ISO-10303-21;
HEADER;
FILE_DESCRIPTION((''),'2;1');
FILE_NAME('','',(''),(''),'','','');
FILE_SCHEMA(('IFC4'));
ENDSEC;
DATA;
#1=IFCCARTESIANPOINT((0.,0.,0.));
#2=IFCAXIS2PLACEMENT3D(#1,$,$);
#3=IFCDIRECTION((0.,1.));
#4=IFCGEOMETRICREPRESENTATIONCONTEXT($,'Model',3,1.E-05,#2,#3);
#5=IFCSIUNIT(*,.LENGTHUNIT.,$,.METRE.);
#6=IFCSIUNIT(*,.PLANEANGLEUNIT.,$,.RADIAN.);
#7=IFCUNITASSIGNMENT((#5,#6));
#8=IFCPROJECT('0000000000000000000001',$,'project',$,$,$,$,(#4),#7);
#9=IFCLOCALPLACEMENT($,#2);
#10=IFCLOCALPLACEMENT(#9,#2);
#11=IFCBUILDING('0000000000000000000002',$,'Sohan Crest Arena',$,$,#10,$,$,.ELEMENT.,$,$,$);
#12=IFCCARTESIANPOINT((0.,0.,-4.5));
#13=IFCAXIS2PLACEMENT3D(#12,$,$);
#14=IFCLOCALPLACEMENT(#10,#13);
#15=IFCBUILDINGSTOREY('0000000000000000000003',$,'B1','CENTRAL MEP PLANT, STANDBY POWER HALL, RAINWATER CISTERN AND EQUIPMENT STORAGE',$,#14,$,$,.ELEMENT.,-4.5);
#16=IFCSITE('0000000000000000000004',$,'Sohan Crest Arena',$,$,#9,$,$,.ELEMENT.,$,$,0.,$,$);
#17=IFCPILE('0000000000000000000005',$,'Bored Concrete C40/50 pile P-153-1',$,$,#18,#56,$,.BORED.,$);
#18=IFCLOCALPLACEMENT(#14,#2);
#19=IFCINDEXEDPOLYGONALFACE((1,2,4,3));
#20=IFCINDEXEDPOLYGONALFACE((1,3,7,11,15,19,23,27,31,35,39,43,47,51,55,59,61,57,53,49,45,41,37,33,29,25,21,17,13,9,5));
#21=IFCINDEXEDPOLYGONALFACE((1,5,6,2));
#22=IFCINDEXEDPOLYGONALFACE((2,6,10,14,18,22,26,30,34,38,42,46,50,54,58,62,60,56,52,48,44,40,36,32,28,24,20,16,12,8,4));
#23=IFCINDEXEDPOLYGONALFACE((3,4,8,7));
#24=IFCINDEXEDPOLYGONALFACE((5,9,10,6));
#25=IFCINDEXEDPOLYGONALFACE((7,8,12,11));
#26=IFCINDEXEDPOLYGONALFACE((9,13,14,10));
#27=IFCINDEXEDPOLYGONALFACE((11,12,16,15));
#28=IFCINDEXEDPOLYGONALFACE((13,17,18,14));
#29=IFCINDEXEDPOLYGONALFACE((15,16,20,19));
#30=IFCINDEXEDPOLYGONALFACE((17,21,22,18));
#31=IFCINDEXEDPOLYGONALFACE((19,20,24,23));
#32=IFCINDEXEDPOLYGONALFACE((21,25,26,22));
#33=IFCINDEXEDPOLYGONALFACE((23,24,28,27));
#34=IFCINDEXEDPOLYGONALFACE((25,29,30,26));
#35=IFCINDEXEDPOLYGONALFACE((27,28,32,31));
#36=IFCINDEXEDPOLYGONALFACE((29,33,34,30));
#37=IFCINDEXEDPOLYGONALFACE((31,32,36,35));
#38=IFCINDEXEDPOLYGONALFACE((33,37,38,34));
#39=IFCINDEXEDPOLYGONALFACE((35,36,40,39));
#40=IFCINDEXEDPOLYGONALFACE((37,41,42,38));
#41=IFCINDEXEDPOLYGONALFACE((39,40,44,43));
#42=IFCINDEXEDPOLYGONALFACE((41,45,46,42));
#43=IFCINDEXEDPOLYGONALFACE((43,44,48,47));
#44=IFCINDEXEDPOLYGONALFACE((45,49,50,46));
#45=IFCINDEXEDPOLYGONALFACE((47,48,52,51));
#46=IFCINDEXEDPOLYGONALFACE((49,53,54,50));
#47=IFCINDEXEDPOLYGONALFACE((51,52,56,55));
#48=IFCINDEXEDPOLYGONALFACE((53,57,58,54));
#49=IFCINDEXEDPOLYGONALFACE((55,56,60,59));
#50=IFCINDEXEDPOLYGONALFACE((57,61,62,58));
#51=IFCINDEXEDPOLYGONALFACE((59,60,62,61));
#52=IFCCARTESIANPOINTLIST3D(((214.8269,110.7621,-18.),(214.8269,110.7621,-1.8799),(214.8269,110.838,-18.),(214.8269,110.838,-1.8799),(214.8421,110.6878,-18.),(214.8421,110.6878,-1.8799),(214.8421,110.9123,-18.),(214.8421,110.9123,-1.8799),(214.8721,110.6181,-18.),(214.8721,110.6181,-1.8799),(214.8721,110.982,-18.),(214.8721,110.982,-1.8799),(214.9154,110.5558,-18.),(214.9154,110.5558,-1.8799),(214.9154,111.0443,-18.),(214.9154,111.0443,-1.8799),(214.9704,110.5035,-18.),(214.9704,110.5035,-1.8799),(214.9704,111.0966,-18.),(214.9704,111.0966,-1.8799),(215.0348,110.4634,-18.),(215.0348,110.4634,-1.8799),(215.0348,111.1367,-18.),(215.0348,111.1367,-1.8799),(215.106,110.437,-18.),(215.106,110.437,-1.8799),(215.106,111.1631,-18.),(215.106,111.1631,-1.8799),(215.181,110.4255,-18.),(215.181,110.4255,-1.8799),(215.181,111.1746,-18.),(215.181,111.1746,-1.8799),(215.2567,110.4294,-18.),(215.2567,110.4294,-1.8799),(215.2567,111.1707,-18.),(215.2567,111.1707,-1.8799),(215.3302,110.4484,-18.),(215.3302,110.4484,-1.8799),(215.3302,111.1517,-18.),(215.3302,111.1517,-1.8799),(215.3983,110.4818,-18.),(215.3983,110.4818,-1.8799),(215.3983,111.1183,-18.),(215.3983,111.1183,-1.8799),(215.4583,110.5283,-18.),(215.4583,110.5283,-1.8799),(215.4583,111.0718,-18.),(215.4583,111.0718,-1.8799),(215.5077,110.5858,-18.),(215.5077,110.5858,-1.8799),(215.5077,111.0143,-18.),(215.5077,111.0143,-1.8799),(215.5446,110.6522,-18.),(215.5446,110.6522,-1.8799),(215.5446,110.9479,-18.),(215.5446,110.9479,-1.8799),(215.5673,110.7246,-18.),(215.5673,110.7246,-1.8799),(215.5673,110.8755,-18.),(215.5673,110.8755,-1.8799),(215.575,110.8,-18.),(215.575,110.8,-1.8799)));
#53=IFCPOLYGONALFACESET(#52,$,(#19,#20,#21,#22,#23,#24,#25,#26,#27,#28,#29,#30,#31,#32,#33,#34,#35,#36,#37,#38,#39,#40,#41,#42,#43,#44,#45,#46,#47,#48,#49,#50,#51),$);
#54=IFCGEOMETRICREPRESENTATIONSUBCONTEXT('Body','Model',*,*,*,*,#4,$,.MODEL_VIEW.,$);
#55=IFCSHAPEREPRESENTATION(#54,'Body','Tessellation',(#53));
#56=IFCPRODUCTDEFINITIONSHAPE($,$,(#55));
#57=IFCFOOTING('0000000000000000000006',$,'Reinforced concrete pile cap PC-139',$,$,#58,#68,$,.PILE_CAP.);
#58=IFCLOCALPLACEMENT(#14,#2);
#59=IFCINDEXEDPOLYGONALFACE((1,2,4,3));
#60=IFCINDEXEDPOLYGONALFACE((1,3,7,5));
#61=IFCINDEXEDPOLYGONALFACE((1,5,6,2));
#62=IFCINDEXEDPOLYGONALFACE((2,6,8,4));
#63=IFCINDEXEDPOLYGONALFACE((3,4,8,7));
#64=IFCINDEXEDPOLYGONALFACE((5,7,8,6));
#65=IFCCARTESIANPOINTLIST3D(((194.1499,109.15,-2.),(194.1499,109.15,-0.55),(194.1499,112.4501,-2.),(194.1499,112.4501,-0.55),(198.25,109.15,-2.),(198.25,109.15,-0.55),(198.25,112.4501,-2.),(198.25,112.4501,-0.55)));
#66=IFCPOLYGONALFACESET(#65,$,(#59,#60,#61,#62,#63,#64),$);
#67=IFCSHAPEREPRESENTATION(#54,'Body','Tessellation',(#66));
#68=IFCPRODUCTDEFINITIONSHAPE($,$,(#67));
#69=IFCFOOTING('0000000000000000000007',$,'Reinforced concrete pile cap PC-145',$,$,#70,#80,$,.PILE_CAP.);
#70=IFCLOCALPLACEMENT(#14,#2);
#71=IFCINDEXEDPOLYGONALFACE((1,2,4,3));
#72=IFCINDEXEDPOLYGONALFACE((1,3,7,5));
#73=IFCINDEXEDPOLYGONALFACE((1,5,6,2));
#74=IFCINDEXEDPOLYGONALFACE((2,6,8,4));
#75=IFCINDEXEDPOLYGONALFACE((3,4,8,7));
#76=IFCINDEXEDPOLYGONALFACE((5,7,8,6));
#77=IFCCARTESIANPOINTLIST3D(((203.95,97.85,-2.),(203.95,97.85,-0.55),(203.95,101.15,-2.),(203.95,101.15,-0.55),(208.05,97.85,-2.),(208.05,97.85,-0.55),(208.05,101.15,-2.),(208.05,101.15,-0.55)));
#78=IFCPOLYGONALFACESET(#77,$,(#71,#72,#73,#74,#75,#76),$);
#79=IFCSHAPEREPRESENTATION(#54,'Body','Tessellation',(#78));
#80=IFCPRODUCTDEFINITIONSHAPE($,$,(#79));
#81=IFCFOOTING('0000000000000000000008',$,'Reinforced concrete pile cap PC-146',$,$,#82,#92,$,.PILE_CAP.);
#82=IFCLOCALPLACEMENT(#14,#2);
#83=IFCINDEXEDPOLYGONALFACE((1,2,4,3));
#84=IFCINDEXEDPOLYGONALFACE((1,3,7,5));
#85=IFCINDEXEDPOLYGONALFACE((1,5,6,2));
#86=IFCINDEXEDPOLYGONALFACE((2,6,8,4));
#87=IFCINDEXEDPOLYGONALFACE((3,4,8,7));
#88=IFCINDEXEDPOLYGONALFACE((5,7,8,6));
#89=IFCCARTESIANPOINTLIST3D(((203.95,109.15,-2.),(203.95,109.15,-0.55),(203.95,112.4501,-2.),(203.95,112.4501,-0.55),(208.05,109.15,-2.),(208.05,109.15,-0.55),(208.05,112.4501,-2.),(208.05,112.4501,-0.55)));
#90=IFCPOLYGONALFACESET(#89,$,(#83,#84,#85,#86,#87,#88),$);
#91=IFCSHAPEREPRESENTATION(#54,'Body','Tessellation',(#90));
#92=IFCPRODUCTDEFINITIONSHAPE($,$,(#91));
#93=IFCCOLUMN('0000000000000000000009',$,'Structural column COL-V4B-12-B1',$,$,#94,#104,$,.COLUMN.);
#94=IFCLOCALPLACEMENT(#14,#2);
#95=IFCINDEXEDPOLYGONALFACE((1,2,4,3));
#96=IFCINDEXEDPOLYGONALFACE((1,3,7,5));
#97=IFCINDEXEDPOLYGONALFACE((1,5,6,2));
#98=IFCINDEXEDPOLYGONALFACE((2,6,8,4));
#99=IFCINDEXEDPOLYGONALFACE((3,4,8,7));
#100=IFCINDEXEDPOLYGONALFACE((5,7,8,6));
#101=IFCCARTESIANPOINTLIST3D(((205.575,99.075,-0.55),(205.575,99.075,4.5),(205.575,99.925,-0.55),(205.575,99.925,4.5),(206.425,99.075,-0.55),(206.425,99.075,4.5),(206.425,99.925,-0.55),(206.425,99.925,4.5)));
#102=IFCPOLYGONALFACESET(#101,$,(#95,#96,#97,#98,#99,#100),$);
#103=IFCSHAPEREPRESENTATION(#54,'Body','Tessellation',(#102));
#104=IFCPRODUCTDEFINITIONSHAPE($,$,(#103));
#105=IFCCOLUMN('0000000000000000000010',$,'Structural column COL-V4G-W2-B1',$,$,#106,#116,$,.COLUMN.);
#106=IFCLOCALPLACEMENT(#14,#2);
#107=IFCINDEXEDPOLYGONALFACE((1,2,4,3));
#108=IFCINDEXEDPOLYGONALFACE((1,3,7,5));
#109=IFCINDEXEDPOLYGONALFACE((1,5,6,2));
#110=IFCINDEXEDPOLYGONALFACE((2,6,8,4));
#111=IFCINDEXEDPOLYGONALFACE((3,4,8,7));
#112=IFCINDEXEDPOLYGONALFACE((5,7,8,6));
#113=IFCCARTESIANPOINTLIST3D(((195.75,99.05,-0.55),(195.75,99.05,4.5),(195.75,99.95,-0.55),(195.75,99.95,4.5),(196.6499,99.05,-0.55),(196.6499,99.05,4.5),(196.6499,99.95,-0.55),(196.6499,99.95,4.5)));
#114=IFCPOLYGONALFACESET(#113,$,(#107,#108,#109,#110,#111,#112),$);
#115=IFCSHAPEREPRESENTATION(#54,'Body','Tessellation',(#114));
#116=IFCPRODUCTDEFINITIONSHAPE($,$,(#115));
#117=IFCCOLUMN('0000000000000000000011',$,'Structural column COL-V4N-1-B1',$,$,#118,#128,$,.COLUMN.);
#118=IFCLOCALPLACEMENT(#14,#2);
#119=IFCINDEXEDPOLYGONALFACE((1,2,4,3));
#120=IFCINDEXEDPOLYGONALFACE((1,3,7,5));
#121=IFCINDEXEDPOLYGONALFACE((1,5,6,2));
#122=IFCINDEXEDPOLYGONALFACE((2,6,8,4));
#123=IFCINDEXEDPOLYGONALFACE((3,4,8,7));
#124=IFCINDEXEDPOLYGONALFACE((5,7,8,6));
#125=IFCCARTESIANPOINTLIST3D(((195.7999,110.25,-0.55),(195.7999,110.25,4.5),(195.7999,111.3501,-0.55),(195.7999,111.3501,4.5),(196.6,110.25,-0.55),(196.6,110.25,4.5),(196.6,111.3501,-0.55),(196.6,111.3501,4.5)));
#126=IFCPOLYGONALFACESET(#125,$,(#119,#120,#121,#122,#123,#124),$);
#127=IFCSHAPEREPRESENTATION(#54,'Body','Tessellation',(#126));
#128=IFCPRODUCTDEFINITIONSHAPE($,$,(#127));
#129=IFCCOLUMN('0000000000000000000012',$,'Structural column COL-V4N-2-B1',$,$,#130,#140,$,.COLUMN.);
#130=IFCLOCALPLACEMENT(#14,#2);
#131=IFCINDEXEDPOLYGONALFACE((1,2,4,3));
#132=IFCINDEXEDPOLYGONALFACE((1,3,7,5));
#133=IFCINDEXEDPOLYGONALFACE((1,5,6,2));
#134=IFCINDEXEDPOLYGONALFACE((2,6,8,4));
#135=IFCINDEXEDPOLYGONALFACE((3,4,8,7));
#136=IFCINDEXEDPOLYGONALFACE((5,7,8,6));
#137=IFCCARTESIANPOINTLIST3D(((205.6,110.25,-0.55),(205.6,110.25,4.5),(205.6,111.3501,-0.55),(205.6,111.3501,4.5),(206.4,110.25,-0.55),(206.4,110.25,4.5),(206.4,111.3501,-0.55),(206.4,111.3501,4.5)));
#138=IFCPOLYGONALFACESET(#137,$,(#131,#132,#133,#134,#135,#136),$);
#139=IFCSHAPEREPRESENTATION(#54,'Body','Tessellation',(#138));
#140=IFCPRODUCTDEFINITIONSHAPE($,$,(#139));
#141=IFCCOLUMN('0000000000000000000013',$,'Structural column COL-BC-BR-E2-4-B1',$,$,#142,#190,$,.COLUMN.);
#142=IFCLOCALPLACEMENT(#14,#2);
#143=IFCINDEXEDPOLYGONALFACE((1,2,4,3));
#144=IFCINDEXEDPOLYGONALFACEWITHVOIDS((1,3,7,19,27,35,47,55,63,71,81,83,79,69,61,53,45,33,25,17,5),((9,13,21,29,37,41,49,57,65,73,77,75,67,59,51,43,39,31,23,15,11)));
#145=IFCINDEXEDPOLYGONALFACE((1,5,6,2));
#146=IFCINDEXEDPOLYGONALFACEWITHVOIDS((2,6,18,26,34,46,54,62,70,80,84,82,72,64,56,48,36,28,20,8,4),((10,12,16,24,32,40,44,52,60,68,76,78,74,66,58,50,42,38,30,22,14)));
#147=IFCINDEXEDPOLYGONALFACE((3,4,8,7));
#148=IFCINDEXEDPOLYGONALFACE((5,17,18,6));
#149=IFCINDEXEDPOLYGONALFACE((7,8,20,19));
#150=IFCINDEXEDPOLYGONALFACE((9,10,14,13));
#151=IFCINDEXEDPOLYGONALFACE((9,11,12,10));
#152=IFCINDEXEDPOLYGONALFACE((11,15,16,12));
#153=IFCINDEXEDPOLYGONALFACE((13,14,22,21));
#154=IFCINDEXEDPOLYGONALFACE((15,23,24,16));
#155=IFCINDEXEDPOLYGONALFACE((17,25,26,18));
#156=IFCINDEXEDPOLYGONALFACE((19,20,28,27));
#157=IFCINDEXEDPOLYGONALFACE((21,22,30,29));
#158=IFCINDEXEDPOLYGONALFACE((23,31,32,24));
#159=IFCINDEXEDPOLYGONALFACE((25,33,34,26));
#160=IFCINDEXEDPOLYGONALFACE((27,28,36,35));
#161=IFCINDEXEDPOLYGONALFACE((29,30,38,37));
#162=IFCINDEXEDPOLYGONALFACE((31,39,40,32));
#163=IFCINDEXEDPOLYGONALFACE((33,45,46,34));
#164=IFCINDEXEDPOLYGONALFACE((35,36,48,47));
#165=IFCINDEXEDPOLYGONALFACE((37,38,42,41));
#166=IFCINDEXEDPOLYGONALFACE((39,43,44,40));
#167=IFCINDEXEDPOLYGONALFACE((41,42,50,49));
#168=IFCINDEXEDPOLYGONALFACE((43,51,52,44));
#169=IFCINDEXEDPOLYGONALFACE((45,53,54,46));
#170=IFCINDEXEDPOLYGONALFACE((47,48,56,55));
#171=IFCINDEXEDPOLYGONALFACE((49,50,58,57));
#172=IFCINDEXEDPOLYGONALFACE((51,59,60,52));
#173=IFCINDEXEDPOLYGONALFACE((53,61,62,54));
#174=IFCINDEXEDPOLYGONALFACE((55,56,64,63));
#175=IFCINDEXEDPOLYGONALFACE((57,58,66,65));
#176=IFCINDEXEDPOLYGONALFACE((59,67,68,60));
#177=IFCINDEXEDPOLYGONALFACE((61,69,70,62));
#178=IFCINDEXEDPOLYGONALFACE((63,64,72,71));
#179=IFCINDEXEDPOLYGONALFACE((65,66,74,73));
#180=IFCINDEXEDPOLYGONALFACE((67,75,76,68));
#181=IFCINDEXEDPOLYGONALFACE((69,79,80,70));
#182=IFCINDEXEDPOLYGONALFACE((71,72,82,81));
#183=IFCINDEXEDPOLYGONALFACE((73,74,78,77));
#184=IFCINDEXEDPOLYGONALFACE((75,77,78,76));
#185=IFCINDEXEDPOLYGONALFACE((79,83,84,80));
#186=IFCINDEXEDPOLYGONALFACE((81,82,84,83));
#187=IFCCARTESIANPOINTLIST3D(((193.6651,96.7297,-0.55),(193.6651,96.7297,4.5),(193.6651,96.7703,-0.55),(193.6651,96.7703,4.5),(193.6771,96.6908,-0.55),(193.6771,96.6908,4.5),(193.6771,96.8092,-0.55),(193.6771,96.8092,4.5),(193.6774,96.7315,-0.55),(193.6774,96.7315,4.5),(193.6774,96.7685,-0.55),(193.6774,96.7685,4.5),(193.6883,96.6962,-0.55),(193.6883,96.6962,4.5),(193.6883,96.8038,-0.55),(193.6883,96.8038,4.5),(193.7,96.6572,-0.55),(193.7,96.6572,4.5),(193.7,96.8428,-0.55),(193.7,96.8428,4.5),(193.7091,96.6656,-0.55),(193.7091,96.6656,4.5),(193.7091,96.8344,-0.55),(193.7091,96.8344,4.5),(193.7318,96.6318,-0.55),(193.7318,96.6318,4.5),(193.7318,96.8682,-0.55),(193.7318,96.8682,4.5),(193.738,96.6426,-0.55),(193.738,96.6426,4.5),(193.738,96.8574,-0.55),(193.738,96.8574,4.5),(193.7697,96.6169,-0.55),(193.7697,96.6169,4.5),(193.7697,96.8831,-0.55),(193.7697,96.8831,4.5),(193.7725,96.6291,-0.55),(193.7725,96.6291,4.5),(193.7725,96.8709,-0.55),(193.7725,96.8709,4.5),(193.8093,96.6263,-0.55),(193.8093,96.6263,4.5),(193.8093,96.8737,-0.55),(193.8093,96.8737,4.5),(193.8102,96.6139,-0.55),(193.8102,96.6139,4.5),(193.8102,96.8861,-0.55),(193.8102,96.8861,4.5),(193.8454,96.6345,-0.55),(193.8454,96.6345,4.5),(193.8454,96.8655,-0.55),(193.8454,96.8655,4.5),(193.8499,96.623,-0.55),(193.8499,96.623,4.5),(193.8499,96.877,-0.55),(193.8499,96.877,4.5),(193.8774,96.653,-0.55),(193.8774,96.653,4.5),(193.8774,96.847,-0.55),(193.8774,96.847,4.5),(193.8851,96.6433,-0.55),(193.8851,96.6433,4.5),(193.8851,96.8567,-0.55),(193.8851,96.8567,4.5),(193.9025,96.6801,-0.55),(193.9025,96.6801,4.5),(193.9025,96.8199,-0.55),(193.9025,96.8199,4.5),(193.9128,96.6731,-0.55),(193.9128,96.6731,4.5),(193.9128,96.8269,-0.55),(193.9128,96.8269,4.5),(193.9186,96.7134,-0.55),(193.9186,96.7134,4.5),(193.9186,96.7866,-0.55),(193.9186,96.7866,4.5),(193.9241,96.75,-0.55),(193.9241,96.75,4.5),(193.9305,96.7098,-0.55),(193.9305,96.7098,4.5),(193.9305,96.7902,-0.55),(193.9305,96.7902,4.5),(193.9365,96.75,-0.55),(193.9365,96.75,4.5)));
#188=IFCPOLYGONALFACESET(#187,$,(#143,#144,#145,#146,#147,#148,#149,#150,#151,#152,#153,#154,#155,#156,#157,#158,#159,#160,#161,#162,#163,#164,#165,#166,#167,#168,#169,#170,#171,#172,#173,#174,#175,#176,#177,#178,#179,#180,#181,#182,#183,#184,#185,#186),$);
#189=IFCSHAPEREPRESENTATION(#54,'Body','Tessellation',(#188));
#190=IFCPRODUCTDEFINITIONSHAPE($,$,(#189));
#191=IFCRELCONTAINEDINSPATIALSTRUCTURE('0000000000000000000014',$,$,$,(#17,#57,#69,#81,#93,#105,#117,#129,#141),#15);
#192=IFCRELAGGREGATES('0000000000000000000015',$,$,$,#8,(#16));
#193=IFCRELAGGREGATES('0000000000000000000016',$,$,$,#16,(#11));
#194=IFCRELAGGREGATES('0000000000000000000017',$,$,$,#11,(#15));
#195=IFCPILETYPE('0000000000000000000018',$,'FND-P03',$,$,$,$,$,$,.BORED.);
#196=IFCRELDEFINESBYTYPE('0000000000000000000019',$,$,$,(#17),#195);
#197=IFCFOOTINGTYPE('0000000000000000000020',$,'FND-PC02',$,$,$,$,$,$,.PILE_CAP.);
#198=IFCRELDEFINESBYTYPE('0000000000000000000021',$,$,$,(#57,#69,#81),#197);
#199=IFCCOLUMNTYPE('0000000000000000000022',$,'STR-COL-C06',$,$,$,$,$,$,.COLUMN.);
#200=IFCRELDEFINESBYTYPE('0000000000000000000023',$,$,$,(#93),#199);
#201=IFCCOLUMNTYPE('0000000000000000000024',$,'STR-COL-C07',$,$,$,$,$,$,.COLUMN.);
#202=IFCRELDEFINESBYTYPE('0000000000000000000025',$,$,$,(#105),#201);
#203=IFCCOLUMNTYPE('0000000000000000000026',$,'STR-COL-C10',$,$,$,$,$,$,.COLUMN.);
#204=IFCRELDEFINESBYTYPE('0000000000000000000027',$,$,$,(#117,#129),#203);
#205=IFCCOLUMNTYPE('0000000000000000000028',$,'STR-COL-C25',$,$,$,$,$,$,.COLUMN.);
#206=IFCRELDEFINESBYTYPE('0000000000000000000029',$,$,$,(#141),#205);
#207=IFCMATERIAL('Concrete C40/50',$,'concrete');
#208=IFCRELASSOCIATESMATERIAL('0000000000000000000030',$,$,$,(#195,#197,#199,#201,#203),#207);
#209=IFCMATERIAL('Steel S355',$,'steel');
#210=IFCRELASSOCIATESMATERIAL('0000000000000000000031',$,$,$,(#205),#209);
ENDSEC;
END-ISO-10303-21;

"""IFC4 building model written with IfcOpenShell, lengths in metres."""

from ifc_helpers import new_model, si_unit, direction, frame, origin, origin_2d, place, context, subcontext, project, spatial, rectangle, circle, hollow_circle, extrude, material, material_profile, profile_set, type_object, element, save


model = new_model("IFC4")

# Units and contexts
model_context = context("Model", 3, precision=1e-05, world=origin(), true_north=direction((0.0, 1.0)))
body_context = subcontext(model_context, "Body", "Model", "MODEL_VIEW")
ifc_project = project(units=[si_unit("LENGTHUNIT", "METRE"), si_unit("PLANEANGLEUNIT", "RADIAN")], contexts=[model_context])

# Site, building, storey
site_placement = place(None, origin())
site = spatial("IfcSite", under=ifc_project, at=site_placement, Name="Sohan Crest Arena", CompositionType="ELEMENT", RefElevation=0.0)
building_placement = place(site_placement, origin())
building = spatial("IfcBuilding", under=site, at=building_placement, Name="Sohan Crest Arena", CompositionType="ELEMENT")
storey_placement = place(building_placement, frame((0.0, 0.0, -4.5)))
storey = spatial("IfcBuildingStorey", under=building, at=storey_placement, Name="B1", Description="CENTRAL MEP PLANT, STANDBY POWER HALL, RAINWATER CISTERN AND EQUIPMENT STORAGE", CompositionType="ELEMENT", Elevation=-4.5)

# Shared definitions
ifc_material_1 = material(Name="Concrete C40/50", Category="concrete")

# Pile
ifc_material_profile_1 = material_profile(ifc_material_1, circle(Radius=0.375, at=origin_2d()), Name="PILE D750")
ifc_profile_set_1 = profile_set([ifc_material_profile_1], Name="Concrete C40/50")
pile_type = type_object("IfcPileType", Name="FND-P03", PredefinedType="BORED", material=ifc_profile_set_1)
for number, where, z_axis, x_axis, name in (
    (1, (215.2, 110.8, -18.0), (0.0, 0.0, 1.0), (1.0, 0.0, 0.0), "Bored Concrete C40/50 pile P-153-1"),
):
    element("IfcPile", number, at=place(storey_placement, frame(where, z_axis=z_axis, x_axis=x_axis)), inside=storey, type_object=pile_type, Name=name, PredefinedType="BORED", context=body_context, shape_type="SweptSolid", body=[
        extrude(circle(Radius=0.375, at=origin_2d()), origin(), (0.0, 0.0, 1.0), 16.1201),
    ])

# Footings
footing_type_1 = type_object("IfcFootingType", Name="FND-PC02", PredefinedType="PILE_CAP", material=ifc_material_1)
for number, where, z_axis, x_axis, name in (
    (2, (196.2, 110.8, -2.0), (0.0, 0.0, 1.0), (1.0, 0.0, 0.0), "Reinforced concrete pile cap PC-139"),
    (3, (206.0, 99.5, -2.0), (0.0, 0.0, 1.0), (1.0, 0.0, 0.0), "Reinforced concrete pile cap PC-145"),
    (4, (206.0, 110.8, -2.0), (0.0, 0.0, 1.0), (1.0, 0.0, 0.0), "Reinforced concrete pile cap PC-146"),
):
    element("IfcFooting", number, at=place(storey_placement, frame(where, z_axis=z_axis, x_axis=x_axis)), inside=storey, type_object=footing_type_1, Name=name, PredefinedType="PILE_CAP", context=body_context, shape_type="SweptSolid", body=[
        extrude(rectangle(XDim=4.1001, YDim=3.3, at=origin_2d()), origin(), (0.0, 0.0, 1.0), 1.45),
    ])

# Columns
ifc_material_profile_2 = material_profile(ifc_material_1, rectangle(XDim=0.8501, YDim=0.8501, at=origin_2d()), Name="RC 850x850")
ifc_profile_set_2 = profile_set([ifc_material_profile_2], Name="Concrete C40/50")
column_type_1 = type_object("IfcColumnType", Name="STR-COL-C06", PredefinedType="COLUMN", material=ifc_profile_set_2)
column_1_placement = place(storey_placement, frame((206.0, 99.5, -0.55), z_axis=(0.0, 0.0, 1.0), x_axis=(1.0, 0.0, 0.0)))
element("IfcColumn", 5, at=column_1_placement, inside=storey, type_object=column_type_1, Name="Structural column COL-V4B-12-B1", PredefinedType="COLUMN", context=body_context, shape_type="SweptSolid", body=[
    extrude(rectangle(XDim=0.8501, YDim=0.8501, at=origin_2d()), origin(), (0.0, 0.0, 1.0), 5.05),
])
ifc_material_profile_3 = material_profile(ifc_material_1, rectangle(XDim=0.8999, YDim=0.8999, at=origin_2d()), Name="RC 900x900")
ifc_profile_set_3 = profile_set([ifc_material_profile_3], Name="Concrete C40/50")
column_type_2 = type_object("IfcColumnType", Name="STR-COL-C07", PredefinedType="COLUMN", material=ifc_profile_set_3)
column_2_placement = place(storey_placement, frame((196.2, 99.5, -0.55), z_axis=(0.0, 0.0, 1.0), x_axis=(1.0, 0.0, 0.0)))
element("IfcColumn", 6, at=column_2_placement, inside=storey, type_object=column_type_2, Name="Structural column COL-V4G-W2-B1", PredefinedType="COLUMN", context=body_context, shape_type="SweptSolid", body=[
    extrude(rectangle(XDim=0.8999, YDim=0.8999, at=origin_2d()), origin(), (0.0, 0.0, 1.0), 5.05),
])
ifc_material_profile_4 = material_profile(ifc_material_1, rectangle(XDim=1.1001, YDim=0.8, at=origin_2d()), Name="RC 1100x800")
ifc_profile_set_4 = profile_set([ifc_material_profile_4], Name="Concrete C40/50")
column_type_3 = type_object("IfcColumnType", Name="STR-COL-C10", PredefinedType="COLUMN", material=ifc_profile_set_4)
for number, where, z_axis, x_axis, name in (
    (7, (196.2, 110.8, -0.55), (0.0, 0.0, 1.0), (0.0, 1.0, 0.0), "Structural column COL-V4N-1-B1"),
    (8, (206.0, 110.8, -0.55), (0.0, 0.0, 1.0), (0.0, 1.0, 0.0), "Structural column COL-V4N-2-B1"),
):
    element("IfcColumn", number, at=place(storey_placement, frame(where, z_axis=z_axis, x_axis=x_axis)), inside=storey, type_object=column_type_3, Name=name, PredefinedType="COLUMN", context=body_context, shape_type="SweptSolid", body=[
        extrude(rectangle(XDim=1.1001, YDim=0.8, at=origin_2d()), origin(), (0.0, 0.0, 1.0), 5.05),
    ])
ifc_material_2 = material(Name="Steel S355", Category="steel")
ifc_material_profile_5 = material_profile(ifc_material_2, hollow_circle(Radius=0.1365, WallThickness=0.0125, at=origin_2d()), Name="CHS 273x12.5")
ifc_profile_set_5 = profile_set([ifc_material_profile_5], Name="Steel S355")
column_type_4 = type_object("IfcColumnType", Name="STR-COL-C25", PredefinedType="COLUMN", material=ifc_profile_set_5)
column_3_placement = place(storey_placement, frame((193.8, 96.75, -0.55), z_axis=(0.0, 0.0, 1.0), x_axis=(1.0, 0.0, 0.0)))
element("IfcColumn", 9, at=column_3_placement, inside=storey, type_object=column_type_4, Name="Structural column COL-BC-BR-E2-4-B1", PredefinedType="COLUMN", context=body_context, shape_type="SweptSolid", body=[
    extrude(hollow_circle(Radius=0.1365, WallThickness=0.0125, at=origin_2d()), origin(), (0.0, 0.0, 1.0), 5.05),
])

save(model, "model.ifc")
